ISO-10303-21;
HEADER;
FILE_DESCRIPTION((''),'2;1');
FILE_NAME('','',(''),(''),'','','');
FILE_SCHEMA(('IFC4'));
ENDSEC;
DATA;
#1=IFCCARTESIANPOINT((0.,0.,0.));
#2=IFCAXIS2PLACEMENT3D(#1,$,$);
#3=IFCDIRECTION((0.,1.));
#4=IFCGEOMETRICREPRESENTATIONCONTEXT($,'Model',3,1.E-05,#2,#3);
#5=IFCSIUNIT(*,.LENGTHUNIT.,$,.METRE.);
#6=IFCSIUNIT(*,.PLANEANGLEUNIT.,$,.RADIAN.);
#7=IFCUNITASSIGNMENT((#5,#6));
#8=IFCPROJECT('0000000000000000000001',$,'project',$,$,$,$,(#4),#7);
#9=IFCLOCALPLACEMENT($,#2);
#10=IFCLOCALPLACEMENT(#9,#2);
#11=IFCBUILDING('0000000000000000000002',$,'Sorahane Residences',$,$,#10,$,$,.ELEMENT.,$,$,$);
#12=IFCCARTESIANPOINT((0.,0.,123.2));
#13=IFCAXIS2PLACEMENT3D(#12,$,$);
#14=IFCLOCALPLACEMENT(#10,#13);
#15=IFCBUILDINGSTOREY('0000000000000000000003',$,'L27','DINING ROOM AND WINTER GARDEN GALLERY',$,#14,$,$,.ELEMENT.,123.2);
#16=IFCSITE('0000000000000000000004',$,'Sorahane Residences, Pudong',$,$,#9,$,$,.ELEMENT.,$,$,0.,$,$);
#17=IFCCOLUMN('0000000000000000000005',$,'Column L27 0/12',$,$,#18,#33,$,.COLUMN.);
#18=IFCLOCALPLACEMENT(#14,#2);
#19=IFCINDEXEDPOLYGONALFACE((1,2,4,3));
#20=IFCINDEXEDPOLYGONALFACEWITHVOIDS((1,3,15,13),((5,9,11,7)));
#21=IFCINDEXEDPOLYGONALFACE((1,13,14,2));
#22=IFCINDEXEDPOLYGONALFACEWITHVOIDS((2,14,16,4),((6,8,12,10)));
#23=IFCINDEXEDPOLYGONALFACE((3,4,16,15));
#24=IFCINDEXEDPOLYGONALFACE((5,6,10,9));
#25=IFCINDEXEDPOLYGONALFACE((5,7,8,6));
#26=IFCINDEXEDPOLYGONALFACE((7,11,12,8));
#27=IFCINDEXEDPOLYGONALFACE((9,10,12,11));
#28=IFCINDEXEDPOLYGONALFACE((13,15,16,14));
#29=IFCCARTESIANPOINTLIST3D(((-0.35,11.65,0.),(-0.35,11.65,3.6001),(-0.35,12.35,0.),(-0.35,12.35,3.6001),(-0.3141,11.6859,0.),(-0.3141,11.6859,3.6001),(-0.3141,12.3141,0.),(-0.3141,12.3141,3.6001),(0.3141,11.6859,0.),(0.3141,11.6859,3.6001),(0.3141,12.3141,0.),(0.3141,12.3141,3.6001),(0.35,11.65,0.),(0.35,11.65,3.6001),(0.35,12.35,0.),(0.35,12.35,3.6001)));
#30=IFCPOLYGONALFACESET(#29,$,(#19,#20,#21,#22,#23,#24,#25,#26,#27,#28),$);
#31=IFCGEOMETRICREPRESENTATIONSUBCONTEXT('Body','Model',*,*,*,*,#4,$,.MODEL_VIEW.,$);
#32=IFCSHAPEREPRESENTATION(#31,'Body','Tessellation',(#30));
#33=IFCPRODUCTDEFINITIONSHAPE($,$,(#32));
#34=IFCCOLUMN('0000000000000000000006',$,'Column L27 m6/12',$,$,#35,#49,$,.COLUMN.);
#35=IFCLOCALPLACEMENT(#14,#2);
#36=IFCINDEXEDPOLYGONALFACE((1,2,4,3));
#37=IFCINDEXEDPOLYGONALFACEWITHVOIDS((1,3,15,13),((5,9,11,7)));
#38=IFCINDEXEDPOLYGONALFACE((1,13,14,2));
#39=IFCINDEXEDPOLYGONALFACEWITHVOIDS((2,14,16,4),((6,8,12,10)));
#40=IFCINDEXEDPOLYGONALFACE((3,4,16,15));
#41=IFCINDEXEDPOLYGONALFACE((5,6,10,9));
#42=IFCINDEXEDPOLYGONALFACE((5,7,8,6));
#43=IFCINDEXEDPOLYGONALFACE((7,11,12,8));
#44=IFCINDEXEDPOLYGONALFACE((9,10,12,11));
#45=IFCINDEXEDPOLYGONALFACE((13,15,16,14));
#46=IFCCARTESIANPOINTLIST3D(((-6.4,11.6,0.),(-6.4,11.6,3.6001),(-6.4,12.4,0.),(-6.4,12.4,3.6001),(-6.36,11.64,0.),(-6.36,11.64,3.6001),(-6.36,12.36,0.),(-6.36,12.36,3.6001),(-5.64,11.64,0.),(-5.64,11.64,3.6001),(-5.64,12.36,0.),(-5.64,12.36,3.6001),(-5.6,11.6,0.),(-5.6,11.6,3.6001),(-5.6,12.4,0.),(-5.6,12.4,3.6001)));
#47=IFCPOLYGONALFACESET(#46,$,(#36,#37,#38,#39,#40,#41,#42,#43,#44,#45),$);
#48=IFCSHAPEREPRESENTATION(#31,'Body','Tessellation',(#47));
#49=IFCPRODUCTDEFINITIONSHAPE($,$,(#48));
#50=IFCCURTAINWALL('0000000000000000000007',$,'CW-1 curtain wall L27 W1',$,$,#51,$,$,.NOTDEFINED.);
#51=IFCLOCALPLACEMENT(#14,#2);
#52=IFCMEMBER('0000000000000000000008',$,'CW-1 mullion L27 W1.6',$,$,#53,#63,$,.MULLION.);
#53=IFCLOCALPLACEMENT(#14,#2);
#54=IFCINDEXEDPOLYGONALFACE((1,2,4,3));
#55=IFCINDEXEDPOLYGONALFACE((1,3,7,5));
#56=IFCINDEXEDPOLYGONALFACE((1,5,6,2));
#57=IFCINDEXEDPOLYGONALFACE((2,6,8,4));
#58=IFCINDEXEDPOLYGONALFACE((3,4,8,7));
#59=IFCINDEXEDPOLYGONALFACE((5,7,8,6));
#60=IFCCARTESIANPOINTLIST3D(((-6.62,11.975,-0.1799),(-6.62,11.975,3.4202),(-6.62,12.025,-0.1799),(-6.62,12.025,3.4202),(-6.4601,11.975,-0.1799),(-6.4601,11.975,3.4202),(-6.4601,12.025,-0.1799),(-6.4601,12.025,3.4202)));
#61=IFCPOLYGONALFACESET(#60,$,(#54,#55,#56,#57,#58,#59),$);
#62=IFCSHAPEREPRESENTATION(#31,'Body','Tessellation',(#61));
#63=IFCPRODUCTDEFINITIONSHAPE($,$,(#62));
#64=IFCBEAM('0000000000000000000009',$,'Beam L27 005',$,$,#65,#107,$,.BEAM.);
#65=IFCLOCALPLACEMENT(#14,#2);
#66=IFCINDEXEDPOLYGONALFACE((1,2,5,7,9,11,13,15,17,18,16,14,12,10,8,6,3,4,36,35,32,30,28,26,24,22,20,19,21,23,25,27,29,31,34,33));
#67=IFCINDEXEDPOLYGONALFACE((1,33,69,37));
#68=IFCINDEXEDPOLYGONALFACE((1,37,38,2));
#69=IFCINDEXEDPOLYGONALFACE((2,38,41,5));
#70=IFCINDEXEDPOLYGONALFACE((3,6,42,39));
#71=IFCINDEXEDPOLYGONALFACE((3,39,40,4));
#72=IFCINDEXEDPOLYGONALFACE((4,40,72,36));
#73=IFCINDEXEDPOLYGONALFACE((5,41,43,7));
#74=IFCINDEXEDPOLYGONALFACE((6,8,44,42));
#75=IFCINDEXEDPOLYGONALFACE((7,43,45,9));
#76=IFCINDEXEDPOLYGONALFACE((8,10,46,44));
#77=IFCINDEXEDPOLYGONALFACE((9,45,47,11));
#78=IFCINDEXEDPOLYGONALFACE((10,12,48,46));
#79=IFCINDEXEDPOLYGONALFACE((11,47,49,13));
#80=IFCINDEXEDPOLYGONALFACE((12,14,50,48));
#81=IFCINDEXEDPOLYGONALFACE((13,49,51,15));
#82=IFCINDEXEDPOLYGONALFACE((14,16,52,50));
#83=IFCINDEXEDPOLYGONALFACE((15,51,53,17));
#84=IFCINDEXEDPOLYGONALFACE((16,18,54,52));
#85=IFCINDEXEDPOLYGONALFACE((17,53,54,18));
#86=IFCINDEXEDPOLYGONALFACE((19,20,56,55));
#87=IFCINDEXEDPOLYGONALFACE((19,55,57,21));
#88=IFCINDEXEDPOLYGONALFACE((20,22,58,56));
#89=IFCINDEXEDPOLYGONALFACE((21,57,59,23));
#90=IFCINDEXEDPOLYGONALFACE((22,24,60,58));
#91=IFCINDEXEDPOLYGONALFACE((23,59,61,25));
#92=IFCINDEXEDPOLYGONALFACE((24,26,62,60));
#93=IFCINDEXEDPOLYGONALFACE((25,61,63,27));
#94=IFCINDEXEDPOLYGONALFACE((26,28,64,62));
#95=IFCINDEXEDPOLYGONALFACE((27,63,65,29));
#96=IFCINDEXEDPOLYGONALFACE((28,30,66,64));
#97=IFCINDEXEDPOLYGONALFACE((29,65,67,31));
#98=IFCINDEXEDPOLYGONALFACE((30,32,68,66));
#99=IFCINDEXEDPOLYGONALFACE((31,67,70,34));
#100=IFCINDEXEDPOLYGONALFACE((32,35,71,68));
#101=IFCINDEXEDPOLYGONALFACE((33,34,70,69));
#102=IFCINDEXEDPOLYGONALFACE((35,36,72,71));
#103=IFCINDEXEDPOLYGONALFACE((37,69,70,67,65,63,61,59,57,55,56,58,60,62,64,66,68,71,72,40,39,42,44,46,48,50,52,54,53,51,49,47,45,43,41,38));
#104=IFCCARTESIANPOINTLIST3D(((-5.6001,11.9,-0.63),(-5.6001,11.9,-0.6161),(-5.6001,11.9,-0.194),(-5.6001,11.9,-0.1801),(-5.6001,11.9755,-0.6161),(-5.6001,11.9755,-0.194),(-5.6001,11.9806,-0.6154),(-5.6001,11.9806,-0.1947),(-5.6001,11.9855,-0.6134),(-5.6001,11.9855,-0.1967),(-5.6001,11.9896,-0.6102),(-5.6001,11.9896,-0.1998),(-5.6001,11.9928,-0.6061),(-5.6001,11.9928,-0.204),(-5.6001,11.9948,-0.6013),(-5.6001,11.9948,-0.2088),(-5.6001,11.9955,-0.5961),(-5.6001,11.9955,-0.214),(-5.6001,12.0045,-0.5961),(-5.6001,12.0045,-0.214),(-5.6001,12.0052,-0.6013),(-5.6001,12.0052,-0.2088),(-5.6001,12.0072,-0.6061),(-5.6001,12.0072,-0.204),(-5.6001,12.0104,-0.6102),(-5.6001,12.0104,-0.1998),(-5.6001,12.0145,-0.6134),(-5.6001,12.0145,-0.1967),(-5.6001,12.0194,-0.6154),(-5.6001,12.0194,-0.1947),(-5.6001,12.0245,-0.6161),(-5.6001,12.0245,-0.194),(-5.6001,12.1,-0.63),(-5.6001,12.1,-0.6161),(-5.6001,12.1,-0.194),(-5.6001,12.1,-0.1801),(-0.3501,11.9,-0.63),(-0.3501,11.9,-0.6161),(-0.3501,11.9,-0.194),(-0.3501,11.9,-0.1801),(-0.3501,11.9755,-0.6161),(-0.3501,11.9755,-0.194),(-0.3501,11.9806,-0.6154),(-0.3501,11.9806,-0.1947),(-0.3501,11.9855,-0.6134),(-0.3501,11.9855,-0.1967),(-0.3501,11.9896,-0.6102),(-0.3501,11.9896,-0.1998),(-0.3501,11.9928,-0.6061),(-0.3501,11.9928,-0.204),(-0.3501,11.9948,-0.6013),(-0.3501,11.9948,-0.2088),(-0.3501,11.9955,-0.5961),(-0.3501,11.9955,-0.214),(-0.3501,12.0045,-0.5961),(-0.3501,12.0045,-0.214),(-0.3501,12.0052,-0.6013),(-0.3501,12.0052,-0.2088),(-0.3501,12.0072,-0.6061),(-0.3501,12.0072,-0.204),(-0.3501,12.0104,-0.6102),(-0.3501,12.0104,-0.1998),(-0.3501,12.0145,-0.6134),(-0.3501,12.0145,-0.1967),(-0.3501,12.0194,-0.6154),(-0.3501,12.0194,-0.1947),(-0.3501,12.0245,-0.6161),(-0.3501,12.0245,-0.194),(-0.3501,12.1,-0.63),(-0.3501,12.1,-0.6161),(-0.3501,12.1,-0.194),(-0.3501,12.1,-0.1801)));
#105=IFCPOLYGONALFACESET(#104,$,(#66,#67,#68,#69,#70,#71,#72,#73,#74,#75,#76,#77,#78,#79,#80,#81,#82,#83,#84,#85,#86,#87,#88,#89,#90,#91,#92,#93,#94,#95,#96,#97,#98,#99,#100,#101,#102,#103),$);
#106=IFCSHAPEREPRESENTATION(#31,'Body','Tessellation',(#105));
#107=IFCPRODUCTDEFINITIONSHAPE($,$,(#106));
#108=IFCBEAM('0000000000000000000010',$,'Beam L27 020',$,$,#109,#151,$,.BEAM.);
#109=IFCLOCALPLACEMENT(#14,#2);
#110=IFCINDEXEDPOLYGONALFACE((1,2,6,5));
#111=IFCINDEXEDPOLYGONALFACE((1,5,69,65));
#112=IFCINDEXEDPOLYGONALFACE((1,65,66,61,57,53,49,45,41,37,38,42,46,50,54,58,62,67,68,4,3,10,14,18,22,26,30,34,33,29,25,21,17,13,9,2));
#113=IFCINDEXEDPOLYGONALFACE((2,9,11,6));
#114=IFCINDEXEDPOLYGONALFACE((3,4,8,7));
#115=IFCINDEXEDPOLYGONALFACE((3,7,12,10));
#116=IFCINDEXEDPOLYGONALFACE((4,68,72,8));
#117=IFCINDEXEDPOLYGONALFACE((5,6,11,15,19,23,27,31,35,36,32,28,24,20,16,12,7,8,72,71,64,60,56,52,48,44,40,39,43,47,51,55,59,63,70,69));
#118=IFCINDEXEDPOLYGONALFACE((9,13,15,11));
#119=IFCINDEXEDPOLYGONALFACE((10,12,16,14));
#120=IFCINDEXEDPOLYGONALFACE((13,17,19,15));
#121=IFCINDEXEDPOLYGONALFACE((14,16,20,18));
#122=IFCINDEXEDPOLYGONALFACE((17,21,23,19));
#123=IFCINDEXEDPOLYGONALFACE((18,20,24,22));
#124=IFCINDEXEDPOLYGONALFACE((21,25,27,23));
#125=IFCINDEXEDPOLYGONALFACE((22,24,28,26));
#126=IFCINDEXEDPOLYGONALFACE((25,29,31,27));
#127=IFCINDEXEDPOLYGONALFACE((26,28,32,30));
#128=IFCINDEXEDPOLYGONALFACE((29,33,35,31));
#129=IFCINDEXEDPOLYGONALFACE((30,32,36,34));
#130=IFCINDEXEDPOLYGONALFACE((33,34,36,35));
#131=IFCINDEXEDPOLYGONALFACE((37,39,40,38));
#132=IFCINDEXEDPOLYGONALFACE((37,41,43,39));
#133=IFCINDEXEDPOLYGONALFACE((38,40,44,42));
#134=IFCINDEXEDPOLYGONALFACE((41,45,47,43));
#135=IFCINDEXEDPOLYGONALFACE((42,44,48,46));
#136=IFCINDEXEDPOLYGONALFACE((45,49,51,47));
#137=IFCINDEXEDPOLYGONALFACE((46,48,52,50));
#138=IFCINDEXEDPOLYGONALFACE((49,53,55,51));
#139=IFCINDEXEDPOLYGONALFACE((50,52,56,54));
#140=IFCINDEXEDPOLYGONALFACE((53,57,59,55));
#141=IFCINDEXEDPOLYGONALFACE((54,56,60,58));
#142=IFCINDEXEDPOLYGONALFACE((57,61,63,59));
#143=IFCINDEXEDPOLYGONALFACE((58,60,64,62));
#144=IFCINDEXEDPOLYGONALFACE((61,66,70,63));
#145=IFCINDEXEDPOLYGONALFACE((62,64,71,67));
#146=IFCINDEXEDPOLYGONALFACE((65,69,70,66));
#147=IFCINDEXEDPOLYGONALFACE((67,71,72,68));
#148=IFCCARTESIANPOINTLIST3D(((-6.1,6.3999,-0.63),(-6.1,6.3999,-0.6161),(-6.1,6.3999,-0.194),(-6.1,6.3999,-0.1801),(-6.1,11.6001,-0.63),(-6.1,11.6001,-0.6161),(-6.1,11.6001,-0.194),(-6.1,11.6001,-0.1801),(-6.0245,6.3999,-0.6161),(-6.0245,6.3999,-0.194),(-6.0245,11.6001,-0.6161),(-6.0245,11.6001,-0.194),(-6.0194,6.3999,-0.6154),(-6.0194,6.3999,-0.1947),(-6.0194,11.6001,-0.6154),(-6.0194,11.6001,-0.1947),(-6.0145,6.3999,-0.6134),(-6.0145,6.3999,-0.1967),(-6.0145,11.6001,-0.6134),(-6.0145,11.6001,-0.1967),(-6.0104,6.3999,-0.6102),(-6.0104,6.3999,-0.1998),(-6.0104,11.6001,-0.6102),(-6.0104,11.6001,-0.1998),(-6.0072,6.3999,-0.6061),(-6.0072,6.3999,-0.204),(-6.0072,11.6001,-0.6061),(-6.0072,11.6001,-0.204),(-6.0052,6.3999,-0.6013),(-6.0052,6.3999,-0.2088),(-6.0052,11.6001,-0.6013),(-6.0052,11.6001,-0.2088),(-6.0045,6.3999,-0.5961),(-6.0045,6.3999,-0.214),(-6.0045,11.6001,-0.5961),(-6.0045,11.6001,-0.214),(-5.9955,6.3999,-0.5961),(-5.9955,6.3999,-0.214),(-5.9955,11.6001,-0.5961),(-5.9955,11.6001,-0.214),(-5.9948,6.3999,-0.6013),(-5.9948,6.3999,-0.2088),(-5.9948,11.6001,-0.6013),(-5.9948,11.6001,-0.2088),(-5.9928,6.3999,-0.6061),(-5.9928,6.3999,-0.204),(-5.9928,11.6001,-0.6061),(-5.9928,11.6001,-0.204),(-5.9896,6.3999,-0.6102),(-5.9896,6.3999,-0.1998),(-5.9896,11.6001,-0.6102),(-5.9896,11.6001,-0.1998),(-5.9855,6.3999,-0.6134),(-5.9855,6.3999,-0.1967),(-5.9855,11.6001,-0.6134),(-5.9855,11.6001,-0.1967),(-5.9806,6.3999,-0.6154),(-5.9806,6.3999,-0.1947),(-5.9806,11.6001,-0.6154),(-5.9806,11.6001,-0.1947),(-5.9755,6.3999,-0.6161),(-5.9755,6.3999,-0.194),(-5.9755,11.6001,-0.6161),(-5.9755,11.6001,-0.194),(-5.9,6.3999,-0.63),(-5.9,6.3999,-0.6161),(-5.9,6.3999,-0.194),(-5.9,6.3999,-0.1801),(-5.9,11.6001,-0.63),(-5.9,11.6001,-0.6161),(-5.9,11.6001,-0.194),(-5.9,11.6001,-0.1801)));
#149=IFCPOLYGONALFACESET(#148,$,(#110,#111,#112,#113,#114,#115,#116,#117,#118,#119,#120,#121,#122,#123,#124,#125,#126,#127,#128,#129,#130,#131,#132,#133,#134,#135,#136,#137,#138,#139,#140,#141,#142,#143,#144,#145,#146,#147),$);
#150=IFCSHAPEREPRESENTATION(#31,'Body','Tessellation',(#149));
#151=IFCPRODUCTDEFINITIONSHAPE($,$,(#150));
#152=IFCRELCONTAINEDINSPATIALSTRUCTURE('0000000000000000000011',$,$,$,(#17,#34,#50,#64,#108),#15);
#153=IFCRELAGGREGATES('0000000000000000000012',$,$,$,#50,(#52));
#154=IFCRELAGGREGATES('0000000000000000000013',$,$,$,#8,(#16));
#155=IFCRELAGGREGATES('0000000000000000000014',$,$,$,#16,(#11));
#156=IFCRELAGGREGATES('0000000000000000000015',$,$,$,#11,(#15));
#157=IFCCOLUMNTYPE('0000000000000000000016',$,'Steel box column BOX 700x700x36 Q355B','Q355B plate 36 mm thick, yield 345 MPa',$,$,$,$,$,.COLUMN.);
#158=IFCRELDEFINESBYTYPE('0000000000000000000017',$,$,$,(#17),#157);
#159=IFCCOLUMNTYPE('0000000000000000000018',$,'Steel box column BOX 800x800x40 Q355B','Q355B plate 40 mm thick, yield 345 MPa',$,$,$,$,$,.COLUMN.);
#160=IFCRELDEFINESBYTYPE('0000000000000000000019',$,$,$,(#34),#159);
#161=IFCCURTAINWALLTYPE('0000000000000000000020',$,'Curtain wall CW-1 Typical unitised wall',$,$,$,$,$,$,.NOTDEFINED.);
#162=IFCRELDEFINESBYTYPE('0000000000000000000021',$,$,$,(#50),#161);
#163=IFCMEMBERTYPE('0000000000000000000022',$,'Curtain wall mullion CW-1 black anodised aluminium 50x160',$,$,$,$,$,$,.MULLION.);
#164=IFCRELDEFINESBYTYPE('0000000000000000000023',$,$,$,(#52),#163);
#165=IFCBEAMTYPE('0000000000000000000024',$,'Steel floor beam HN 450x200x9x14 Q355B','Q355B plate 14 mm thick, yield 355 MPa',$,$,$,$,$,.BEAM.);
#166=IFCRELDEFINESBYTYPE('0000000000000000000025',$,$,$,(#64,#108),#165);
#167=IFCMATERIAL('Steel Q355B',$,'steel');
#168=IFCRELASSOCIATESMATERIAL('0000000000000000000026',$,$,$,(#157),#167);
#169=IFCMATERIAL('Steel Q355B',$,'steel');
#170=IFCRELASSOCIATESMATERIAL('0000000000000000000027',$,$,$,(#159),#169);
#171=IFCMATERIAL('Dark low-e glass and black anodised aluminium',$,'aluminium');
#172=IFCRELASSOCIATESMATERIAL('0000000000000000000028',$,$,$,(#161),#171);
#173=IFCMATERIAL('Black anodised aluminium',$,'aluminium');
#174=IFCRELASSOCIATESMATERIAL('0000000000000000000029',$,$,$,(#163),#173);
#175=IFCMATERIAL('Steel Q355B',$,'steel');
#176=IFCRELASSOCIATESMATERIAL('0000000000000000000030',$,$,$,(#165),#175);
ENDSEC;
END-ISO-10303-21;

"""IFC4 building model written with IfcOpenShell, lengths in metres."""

from ifc_helpers import new_model, si_unit, direction, frame, origin, origin_2d, place, context, subcontext, project, spatial, rectangle, hollow_rectangle, i_section, extrude, material, material_profile, profile_set, type_object, element, aggregate, save


model = new_model("IFC4")

# Units and contexts
model_context = context("Model", 3, precision=1e-05, world=origin(), true_north=direction((0.0, 1.0)))
body_context = subcontext(model_context, "Body", "Model", "MODEL_VIEW")
ifc_project = project(units=[si_unit("LENGTHUNIT", "METRE"), si_unit("PLANEANGLEUNIT", "RADIAN")], contexts=[model_context])

# Site, building, storey
site_placement = place(None, origin())
site = spatial("IfcSite", under=ifc_project, at=site_placement, Name="Sorahane Residences, Pudong", CompositionType="ELEMENT", RefElevation=0.0)
building_placement = place(site_placement, origin())
building = spatial("IfcBuilding", under=site, at=building_placement, Name="Sorahane Residences", CompositionType="ELEMENT")
storey_placement = place(building_placement, frame((0.0, 0.0, 123.2)))
storey = spatial("IfcBuildingStorey", under=building, at=storey_placement, Name="L27", Description="DINING ROOM AND WINTER GARDEN GALLERY", CompositionType="ELEMENT", Elevation=123.2)

# Columns
ifc_material_1 = material(Name="Steel Q355B", Category="steel")
ifc_material_profile_1 = material_profile(ifc_material_1, hollow_rectangle(XDim=0.7, YDim=0.7, WallThickness=0.0359, at=origin_2d()), Name="BOX 700x700x36")
ifc_profile_set_1 = profile_set([ifc_material_profile_1], Name="Steel Q355B")
column_type_1 = type_object("IfcColumnType", Name="Steel box column BOX 700x700x36 Q355B", Description="Q355B plate 36 mm thick, yield 345 MPa", PredefinedType="COLUMN", material=ifc_profile_set_1)
column_1_placement = place(storey_placement, frame((0.0, 12.0, 0.0), z_axis=(0.0, 0.0, 1.0), x_axis=(1.0, 0.0, 0.0)))
element("IfcColumn", 1, at=column_1_placement, inside=storey, type_object=column_type_1, Name="Column L27 0/12", PredefinedType="COLUMN", context=body_context, shape_type="SweptSolid", body=[
    extrude(hollow_rectangle(XDim=0.7, YDim=0.7, WallThickness=0.0359, at=origin_2d()), origin(), (0.0, 0.0, 1.0), 3.6001),
])
ifc_material_2 = material(Name="Steel Q355B", Category="steel")
ifc_material_profile_2 = material_profile(ifc_material_2, hollow_rectangle(XDim=0.8, YDim=0.8, WallThickness=0.04, at=origin_2d()), Name="BOX 800x800x40")
ifc_profile_set_2 = profile_set([ifc_material_profile_2], Name="Steel Q355B")
column_type_2 = type_object("IfcColumnType", Name="Steel box column BOX 800x800x40 Q355B", Description="Q355B plate 40 mm thick, yield 345 MPa", PredefinedType="COLUMN", material=ifc_profile_set_2)
column_2_placement = place(storey_placement, frame((-6.0, 12.0, 0.0), z_axis=(0.0, 0.0, 1.0), x_axis=(1.0, 0.0, 0.0)))
element("IfcColumn", 2, at=column_2_placement, inside=storey, type_object=column_type_2, Name="Column L27 m6/12", PredefinedType="COLUMN", context=body_context, shape_type="SweptSolid", body=[
    extrude(hollow_rectangle(XDim=0.8, YDim=0.8, WallThickness=0.04, at=origin_2d()), origin(), (0.0, 0.0, 1.0), 3.6001),
])

# Curtain wall, member
ifc_material_3 = material(Name="Dark low-e glass and black anodised aluminium", Category="aluminium")
curtain_wall_type = type_object("IfcCurtainWallType", Name="Curtain wall CW-1 Typical unitised wall", PredefinedType="NOTDEFINED", material=ifc_material_3)
curtain_wall_placement = place(storey_placement, origin())
curtain_wall = element("IfcCurtainWall", 3, at=curtain_wall_placement, inside=storey, type_object=curtain_wall_type, Name="CW-1 curtain wall L27 W1", PredefinedType="NOTDEFINED")
ifc_material_4 = material(Name="Black anodised aluminium", Category="aluminium")
ifc_material_profile_3 = material_profile(ifc_material_4, rectangle(XDim=0.1599, YDim=0.05, at=origin_2d()), Name="Curtain wall mullion CW-1 black anodised aluminium 50x160")
ifc_profile_set_3 = profile_set([ifc_material_profile_3], Name="Black anodised aluminium")
member_type = type_object("IfcMemberType", Name="Curtain wall mullion CW-1 black anodised aluminium 50x160", PredefinedType="MULLION", material=ifc_profile_set_3)
member_placement = place(storey_placement, frame((-6.54, 12.0, -0.1799), z_axis=(0.0, 0.0, 1.0), x_axis=(-1.0, 0.0, 0.0)))
member = element("IfcMember", 4, at=member_placement, type_object=member_type, Name="CW-1 mullion L27 W1.6", PredefinedType="MULLION", context=body_context, shape_type="SweptSolid", body=[
    extrude(rectangle(XDim=0.1599, YDim=0.05, at=origin_2d()), origin(), (0.0, 0.0, 1.0), 3.6001),
])

# Beams
ifc_material_5 = material(Name="Steel Q355B", Category="steel")
ifc_material_profile_4 = material_profile(ifc_material_5, i_section(OverallWidth=0.2, OverallDepth=0.45, WebThickness=0.009, FlangeThickness=0.0139, FilletRadius=0.02, at=origin_2d()), Name="HN 450x200x9x14")
ifc_profile_set_4 = profile_set([ifc_material_profile_4], Name="Steel Q355B")
beam_type_1 = type_object("IfcBeamType", Name="Steel floor beam HN 450x200x9x14 Q355B", Description="Q355B plate 14 mm thick, yield 355 MPa", PredefinedType="BEAM", material=ifc_profile_set_4)
beam_1_placement = place(storey_placement, frame((-5.6001, 12.0, -0.405), z_axis=(1.0, 0.0, 0.0), x_axis=(0.0, 1.0, 0.0)))
element("IfcBeam", 5, at=beam_1_placement, inside=storey, type_object=beam_type_1, Name="Beam L27 005", PredefinedType="BEAM", context=body_context, shape_type="SweptSolid", body=[
    extrude(i_section(OverallWidth=0.2, OverallDepth=0.45, WebThickness=0.009, FlangeThickness=0.0139, FilletRadius=0.02, at=origin_2d()), origin(), (0.0, 0.0, 1.0), 5.25),
])
beam_2_placement = place(storey_placement, frame((-6.0, 6.3999, -0.405), z_axis=(0.0, 1.0, 0.0), x_axis=(-1.0, 0.0, 0.0)))
element("IfcBeam", 6, at=beam_2_placement, inside=storey, type_object=beam_type_1, Name="Beam L27 020", PredefinedType="BEAM", context=body_context, shape_type="SweptSolid", body=[
    extrude(i_section(OverallWidth=0.2, OverallDepth=0.45, WebThickness=0.009, FlangeThickness=0.0139, FilletRadius=0.02, at=origin_2d()), origin(), (0.0, 0.0, 1.0), 5.2002),
])

aggregate(curtain_wall, [member])

save(model, "model.ifc")
